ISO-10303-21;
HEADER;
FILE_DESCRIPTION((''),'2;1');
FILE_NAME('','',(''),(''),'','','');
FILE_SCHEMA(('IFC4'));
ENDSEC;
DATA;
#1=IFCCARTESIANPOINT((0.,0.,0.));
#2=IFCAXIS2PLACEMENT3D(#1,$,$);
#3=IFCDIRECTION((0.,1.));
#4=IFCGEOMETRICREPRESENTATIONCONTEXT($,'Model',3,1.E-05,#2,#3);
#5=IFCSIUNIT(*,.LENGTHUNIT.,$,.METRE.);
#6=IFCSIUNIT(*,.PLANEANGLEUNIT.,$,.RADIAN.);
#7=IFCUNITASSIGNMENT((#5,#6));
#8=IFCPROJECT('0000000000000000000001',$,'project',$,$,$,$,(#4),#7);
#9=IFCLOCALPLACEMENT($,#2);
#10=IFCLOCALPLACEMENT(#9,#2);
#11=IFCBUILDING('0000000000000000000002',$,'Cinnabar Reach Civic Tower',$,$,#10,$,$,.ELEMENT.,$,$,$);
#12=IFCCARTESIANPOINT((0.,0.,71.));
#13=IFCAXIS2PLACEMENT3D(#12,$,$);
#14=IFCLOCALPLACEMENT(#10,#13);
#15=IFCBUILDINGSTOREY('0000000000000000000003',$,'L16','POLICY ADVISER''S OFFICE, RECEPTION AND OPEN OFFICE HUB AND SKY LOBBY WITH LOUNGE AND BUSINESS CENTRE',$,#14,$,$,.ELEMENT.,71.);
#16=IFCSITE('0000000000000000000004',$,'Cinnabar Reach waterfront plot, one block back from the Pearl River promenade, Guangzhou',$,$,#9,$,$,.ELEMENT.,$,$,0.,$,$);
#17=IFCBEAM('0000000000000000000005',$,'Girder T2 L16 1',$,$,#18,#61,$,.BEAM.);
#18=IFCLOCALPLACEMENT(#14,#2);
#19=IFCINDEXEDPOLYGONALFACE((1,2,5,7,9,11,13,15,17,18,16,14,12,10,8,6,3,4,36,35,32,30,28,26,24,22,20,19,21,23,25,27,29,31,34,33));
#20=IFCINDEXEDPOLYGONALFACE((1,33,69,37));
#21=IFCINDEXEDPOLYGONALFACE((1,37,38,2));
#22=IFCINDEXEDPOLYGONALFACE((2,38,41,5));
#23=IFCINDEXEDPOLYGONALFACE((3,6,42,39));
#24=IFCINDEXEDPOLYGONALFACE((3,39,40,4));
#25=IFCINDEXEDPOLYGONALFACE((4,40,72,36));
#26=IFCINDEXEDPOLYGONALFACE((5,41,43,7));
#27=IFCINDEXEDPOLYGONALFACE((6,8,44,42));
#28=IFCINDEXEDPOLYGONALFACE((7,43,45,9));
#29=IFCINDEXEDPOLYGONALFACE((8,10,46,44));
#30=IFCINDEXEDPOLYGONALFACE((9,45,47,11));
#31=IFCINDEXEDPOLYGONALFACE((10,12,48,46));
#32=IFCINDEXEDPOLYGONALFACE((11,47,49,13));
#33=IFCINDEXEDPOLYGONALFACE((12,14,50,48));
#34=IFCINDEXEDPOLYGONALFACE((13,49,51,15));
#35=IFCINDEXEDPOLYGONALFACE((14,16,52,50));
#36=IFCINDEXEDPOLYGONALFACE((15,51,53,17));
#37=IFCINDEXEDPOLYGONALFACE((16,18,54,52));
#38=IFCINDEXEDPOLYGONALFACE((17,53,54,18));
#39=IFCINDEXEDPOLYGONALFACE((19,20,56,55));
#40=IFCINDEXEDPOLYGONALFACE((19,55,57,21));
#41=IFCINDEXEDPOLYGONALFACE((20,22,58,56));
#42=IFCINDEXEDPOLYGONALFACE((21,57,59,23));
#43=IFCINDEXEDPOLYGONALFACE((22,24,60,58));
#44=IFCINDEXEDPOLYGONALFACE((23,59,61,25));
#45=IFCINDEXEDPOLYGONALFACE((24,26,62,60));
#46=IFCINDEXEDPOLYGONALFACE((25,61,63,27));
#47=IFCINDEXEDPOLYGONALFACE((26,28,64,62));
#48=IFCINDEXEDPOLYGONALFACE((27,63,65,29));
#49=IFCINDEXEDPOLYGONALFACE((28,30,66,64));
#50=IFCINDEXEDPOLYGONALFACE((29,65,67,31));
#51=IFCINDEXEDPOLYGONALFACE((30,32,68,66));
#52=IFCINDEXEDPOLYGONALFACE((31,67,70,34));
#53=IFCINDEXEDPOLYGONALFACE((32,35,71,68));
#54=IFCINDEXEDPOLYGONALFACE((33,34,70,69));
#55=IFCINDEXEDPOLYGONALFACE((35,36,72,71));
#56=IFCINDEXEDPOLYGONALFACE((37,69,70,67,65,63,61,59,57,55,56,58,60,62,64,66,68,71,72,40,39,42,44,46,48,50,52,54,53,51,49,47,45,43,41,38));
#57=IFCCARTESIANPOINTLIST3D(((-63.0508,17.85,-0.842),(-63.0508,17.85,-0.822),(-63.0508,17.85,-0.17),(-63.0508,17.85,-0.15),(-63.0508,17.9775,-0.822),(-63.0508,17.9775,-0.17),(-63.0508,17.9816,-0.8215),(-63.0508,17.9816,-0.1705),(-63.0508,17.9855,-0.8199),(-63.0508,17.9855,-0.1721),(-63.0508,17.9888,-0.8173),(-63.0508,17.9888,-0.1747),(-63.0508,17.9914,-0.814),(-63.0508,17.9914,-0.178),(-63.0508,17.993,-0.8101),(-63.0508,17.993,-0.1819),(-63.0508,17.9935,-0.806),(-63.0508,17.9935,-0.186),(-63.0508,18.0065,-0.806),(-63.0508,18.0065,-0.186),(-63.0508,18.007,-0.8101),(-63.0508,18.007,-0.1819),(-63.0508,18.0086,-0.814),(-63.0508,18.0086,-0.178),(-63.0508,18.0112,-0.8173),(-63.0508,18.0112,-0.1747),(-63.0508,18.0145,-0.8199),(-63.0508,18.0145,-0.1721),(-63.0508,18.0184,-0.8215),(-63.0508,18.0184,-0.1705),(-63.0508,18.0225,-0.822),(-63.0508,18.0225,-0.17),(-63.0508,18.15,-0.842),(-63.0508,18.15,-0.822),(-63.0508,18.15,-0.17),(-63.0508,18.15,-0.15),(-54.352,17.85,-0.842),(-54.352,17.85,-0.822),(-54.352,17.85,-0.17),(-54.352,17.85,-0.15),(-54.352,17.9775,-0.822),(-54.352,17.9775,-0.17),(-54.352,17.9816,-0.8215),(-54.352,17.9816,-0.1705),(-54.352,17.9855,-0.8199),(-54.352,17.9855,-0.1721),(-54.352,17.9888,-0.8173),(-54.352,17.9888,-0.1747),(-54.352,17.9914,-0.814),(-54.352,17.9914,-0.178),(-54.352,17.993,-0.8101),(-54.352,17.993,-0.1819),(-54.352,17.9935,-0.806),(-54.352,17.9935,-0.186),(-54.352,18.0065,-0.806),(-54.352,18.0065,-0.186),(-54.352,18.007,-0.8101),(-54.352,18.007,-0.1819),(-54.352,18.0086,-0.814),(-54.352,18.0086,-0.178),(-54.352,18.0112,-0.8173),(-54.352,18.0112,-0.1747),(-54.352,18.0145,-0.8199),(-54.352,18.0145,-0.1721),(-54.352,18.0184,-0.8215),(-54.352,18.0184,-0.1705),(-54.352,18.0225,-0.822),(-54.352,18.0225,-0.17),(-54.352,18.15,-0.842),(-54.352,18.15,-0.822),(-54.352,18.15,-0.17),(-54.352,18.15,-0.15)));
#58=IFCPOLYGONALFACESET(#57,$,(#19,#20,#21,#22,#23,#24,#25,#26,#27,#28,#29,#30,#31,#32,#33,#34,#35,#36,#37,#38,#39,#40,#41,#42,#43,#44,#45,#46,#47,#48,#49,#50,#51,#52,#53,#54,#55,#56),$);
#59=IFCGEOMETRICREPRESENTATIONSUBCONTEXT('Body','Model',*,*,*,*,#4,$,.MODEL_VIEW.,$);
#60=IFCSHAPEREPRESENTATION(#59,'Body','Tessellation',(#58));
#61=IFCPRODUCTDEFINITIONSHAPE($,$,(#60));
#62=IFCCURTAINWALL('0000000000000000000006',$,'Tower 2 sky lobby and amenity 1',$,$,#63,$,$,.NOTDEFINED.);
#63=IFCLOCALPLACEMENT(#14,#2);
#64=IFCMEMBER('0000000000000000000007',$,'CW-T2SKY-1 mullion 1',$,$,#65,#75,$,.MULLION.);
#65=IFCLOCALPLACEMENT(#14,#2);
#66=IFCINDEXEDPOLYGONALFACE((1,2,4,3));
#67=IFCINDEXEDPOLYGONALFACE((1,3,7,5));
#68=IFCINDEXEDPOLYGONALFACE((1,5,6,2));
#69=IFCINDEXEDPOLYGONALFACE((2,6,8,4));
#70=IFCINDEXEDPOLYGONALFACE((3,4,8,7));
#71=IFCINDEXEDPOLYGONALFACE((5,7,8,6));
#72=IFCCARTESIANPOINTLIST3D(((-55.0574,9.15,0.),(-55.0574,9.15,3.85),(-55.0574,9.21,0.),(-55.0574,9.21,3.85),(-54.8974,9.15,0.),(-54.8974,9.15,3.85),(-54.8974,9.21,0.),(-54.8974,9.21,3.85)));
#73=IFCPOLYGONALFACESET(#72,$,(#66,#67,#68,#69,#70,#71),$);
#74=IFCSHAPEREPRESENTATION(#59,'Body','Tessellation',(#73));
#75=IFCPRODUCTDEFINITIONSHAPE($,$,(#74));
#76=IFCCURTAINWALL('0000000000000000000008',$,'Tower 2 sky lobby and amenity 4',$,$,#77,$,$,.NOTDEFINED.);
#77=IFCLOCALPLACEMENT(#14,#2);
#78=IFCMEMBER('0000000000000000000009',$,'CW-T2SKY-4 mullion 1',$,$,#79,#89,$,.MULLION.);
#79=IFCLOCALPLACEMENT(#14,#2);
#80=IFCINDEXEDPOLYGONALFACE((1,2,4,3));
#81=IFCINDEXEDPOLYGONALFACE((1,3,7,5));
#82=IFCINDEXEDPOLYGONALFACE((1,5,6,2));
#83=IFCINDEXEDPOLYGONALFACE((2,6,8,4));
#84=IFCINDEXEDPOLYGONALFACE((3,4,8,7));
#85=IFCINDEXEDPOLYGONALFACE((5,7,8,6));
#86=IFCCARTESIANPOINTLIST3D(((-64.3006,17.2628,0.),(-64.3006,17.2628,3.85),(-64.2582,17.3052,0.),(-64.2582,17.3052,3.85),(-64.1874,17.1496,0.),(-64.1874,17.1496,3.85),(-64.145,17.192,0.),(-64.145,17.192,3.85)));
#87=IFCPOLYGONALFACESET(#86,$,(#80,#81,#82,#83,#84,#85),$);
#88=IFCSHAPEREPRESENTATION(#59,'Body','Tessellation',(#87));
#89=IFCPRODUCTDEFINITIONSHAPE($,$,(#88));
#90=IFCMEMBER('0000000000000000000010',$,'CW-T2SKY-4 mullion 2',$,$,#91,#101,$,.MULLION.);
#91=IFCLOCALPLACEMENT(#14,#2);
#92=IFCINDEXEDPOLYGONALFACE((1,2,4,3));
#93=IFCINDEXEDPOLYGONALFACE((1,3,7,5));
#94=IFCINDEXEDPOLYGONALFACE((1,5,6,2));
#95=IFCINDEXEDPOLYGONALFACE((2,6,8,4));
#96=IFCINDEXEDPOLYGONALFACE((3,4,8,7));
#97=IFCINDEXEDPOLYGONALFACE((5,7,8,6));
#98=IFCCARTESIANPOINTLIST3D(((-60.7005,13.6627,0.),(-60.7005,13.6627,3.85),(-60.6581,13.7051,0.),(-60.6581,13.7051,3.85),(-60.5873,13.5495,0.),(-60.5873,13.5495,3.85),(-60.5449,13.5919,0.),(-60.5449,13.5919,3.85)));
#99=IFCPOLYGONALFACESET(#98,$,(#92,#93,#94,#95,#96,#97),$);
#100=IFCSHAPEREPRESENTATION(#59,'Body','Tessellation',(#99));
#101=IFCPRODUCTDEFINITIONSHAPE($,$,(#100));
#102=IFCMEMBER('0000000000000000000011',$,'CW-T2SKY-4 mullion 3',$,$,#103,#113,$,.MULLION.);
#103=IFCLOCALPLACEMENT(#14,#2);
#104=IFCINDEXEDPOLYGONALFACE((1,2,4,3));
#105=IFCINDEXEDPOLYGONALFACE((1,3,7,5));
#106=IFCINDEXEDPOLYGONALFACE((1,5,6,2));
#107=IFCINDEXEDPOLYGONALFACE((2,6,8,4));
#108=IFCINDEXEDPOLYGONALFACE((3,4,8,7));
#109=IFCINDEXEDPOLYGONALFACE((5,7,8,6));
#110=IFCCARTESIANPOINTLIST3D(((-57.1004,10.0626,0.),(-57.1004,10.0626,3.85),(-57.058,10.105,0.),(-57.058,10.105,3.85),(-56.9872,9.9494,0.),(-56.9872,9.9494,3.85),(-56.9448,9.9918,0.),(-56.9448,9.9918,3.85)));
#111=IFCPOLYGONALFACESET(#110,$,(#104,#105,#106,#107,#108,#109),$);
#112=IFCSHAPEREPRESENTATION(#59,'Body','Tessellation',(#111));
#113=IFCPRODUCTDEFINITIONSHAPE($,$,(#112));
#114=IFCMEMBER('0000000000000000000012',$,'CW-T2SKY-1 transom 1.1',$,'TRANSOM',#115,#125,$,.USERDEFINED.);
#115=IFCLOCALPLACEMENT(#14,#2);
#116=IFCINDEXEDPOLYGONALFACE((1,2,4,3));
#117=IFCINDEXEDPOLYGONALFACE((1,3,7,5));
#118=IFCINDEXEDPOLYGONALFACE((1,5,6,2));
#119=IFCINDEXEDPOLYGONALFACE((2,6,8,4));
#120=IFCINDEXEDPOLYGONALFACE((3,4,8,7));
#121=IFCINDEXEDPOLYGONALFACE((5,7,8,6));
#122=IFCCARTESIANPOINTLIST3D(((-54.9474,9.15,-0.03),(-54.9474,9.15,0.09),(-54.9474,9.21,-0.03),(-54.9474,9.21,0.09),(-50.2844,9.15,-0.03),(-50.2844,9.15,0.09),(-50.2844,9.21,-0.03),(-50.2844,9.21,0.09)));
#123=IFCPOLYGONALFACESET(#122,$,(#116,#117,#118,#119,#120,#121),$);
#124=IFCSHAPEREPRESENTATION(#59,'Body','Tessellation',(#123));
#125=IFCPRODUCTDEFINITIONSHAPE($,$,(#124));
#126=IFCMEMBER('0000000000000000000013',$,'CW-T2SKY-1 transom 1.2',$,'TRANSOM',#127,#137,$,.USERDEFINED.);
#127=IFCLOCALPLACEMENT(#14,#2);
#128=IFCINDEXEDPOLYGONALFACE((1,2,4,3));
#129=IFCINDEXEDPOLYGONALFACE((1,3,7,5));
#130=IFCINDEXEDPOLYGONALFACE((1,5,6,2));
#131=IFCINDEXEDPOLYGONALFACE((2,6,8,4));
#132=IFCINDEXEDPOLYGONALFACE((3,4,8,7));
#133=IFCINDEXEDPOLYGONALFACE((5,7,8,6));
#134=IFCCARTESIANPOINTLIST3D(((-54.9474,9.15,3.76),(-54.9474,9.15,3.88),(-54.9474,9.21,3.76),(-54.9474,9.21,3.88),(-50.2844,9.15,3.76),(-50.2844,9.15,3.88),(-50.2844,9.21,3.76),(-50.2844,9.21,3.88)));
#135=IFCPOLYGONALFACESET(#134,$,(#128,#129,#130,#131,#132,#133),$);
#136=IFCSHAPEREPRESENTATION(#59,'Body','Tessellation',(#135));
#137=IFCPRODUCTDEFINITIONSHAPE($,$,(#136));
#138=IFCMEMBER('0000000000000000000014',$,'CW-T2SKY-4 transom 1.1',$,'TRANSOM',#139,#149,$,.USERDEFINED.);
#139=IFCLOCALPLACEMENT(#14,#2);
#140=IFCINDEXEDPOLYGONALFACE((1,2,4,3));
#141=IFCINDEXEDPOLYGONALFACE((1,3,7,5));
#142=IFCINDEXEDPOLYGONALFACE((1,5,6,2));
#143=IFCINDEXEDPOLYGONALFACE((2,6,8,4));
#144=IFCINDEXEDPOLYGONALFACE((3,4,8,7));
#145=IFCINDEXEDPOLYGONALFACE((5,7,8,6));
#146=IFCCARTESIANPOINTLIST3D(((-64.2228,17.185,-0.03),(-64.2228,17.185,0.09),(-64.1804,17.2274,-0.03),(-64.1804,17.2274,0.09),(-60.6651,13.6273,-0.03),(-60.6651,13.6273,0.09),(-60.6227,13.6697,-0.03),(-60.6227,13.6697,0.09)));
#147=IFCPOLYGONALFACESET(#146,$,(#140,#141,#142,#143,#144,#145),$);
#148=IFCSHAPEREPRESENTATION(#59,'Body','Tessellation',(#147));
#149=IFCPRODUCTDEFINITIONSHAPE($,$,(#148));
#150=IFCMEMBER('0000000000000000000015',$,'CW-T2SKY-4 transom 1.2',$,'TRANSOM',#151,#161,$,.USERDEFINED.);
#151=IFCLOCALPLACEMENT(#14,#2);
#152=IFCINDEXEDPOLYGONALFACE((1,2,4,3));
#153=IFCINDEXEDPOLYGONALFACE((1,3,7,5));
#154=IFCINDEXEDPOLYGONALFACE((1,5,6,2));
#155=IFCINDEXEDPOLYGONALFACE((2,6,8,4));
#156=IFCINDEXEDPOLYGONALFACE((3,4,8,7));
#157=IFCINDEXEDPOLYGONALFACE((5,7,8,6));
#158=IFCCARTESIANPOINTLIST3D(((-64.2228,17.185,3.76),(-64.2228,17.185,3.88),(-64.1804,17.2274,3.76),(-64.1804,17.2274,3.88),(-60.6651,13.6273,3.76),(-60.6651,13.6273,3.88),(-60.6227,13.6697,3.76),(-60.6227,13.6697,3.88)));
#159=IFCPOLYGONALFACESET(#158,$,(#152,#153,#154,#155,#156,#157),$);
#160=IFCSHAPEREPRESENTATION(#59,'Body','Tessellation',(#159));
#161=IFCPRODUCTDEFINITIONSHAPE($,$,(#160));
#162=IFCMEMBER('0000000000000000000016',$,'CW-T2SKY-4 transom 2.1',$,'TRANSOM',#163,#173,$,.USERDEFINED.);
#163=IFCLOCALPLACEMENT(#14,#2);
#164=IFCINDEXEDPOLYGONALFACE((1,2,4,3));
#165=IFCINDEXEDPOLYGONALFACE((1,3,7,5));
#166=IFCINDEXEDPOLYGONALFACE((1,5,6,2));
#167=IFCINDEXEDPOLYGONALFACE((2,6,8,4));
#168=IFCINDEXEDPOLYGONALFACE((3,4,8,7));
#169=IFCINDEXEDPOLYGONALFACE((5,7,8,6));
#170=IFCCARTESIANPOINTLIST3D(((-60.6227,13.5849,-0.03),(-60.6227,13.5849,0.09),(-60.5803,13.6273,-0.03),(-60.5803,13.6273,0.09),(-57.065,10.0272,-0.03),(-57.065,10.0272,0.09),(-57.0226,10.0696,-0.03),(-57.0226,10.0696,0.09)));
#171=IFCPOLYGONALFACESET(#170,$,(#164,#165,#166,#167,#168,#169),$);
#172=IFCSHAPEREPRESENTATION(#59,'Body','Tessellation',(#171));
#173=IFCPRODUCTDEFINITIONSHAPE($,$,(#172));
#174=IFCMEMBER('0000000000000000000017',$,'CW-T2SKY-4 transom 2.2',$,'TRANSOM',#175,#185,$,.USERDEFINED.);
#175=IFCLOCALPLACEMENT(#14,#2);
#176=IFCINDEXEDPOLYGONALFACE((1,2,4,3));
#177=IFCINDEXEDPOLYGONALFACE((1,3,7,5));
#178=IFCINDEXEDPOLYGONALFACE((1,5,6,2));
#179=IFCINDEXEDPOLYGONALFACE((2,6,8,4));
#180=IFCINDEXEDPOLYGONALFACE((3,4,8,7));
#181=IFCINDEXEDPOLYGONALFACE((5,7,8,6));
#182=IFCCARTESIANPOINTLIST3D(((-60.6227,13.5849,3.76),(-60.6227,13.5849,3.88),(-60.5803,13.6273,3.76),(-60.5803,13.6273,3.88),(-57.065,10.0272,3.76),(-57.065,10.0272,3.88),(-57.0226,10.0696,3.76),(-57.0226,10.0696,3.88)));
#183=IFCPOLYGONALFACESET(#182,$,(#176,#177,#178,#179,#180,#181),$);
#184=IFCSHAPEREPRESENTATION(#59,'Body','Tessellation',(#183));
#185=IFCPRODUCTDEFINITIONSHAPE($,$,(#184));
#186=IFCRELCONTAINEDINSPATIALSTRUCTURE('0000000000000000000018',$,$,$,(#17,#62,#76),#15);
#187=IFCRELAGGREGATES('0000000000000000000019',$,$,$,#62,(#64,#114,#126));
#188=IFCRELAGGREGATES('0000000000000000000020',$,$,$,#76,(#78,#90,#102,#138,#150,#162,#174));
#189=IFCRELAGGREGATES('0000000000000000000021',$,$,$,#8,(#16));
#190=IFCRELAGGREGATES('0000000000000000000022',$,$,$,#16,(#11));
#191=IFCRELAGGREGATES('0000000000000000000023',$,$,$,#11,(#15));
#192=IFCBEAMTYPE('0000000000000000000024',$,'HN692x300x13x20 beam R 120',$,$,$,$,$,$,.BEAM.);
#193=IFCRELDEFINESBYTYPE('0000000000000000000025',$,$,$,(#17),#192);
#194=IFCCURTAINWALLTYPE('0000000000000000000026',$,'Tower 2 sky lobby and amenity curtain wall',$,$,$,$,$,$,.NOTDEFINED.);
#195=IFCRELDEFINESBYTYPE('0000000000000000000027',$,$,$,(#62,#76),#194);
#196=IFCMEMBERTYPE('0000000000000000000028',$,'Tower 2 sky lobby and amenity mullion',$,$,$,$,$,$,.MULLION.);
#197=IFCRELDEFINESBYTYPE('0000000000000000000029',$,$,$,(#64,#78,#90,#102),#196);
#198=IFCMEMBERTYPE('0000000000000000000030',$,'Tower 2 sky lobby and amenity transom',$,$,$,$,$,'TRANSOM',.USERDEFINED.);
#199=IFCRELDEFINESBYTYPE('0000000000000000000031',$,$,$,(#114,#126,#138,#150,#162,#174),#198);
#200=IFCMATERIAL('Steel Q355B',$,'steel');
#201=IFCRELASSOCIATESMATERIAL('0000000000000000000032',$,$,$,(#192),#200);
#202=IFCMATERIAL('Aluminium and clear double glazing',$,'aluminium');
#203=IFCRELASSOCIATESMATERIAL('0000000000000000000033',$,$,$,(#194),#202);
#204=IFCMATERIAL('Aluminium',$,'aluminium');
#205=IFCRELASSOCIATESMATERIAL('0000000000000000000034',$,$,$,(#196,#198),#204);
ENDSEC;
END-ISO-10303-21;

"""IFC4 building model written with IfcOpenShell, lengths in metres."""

from ifc_helpers import new_model, si_unit, direction, frame, origin, origin_2d, place, context, subcontext, project, spatial, rectangle, i_section, extrude, material, material_profile, profile_set, type_object, element, aggregate, save


model = new_model("IFC4")

# Units and contexts
model_context = context("Model", 3, precision=1e-05, world=origin(), true_north=direction((0.0, 1.0)))
body_context = subcontext(model_context, "Body", "Model", "MODEL_VIEW")
ifc_project = project(units=[si_unit("LENGTHUNIT", "METRE"), si_unit("PLANEANGLEUNIT", "RADIAN")], contexts=[model_context])

# Site, building, storey
site_placement = place(None, origin())
site = spatial("IfcSite", under=ifc_project, at=site_placement, Name="Cinnabar Reach waterfront plot, one block back from the Pearl River promenade, Guangzhou", CompositionType="ELEMENT", RefElevation=0.0)
building_placement = place(site_placement, origin())
building = spatial("IfcBuilding", under=site, at=building_placement, Name="Cinnabar Reach Civic Tower", CompositionType="ELEMENT")
storey_placement = place(building_placement, frame((0.0, 0.0, 71.0)))
storey = spatial("IfcBuildingStorey", under=building, at=storey_placement, Name="L16", Description="POLICY ADVISER'S OFFICE, RECEPTION AND OPEN OFFICE HUB AND SKY LOBBY WITH LOUNGE AND BUSINESS CENTRE", CompositionType="ELEMENT", Elevation=71.0)

# Beam
ifc_material_1 = material(Name="Steel Q355B", Category="steel")
ifc_material_profile_1 = material_profile(ifc_material_1, i_section(OverallWidth=0.3, OverallDepth=0.692, WebThickness=0.013, FlangeThickness=0.02, FilletRadius=0.016, at=origin_2d()), Name="HN692x300x13x20")
ifc_profile_set_1 = profile_set([ifc_material_profile_1], Name="Steel Q355B")
beam_type_1 = type_object("IfcBeamType", Name="HN692x300x13x20 beam R 120", PredefinedType="BEAM", material=ifc_profile_set_1)
beam_1_placement = place(storey_placement, frame((-63.0508, 18.0, -0.496), z_axis=(1.0, 0.0, 0.0), x_axis=(0.0, 1.0, 0.0)))
element("IfcBeam", 1, at=beam_1_placement, inside=storey, type_object=beam_type_1, Name="Girder T2 L16 1", PredefinedType="BEAM", context=body_context, shape_type="SweptSolid", body=[
    extrude(i_section(OverallWidth=0.3, OverallDepth=0.692, WebThickness=0.013, FlangeThickness=0.02, FilletRadius=0.016, at=origin_2d()), origin(), (0.0, 0.0, 1.0), 8.6988),
])

# Curtain wall, member
ifc_material_2 = material(Name="Aluminium and clear double glazing", Category="aluminium")
curtain_wall_type = type_object("IfcCurtainWallType", Name="Tower 2 sky lobby and amenity curtain wall", PredefinedType="NOTDEFINED", material=ifc_material_2)
curtain_wall_1_placement = place(storey_placement, origin())
curtain_wall_1 = element("IfcCurtainWall", 2, at=curtain_wall_1_placement, inside=storey, type_object=curtain_wall_type, Name="Tower 2 sky lobby and amenity 1", PredefinedType="NOTDEFINED")
ifc_material_3 = material(Name="Aluminium", Category="aluminium")
ifc_material_profile_2 = material_profile(ifc_material_3, rectangle(XDim=0.06, YDim=0.16, at=origin_2d()), Name="Tower 2 sky lobby and amenity mullion")
ifc_profile_set_2 = profile_set([ifc_material_profile_2], Name="Aluminium")
member_type_1 = type_object("IfcMemberType", Name="Tower 2 sky lobby and amenity mullion", PredefinedType="MULLION", material=ifc_profile_set_2)
member_1_placement = place(storey_placement, frame((-54.9774, 9.18, 0.0), z_axis=(0.0, 0.0, 1.0), x_axis=(0.0, 1.0, 0.0)))
member_1 = element("IfcMember", 3, at=member_1_placement, type_object=member_type_1, Name="CW-T2SKY-1 mullion 1", PredefinedType="MULLION", context=body_context, shape_type="SweptSolid", body=[
    extrude(rectangle(XDim=0.06, YDim=0.16, at=origin_2d()), origin(), (0.0, 0.0, 1.0), 3.85),
])

# Curtain wall, members
curtain_wall_2_placement = place(storey_placement, origin())
curtain_wall_2 = element("IfcCurtainWall", 4, at=curtain_wall_2_placement, inside=storey, type_object=curtain_wall_type, Name="Tower 2 sky lobby and amenity 4", PredefinedType="NOTDEFINED")
member_2_placement = place(storey_placement, frame((-64.2228, 17.2274, 0.0), z_axis=(0.0, 0.0, 1.0), x_axis=(0.707107, 0.707107, 0.0)))
member_2 = element("IfcMember", 5, at=member_2_placement, type_object=member_type_1, Name="CW-T2SKY-4 mullion 1", PredefinedType="MULLION", context=body_context, shape_type="SweptSolid", body=[
    extrude(rectangle(XDim=0.06, YDim=0.16, at=origin_2d()), origin(), (0.0, 0.0, 1.0), 3.85),
])
member_3_placement = place(storey_placement, frame((-60.6227, 13.6273, 0.0), z_axis=(0.0, 0.0, 1.0), x_axis=(0.707107, 0.707107, 0.0)))
member_3 = element("IfcMember", 6, at=member_3_placement, type_object=member_type_1, Name="CW-T2SKY-4 mullion 2", PredefinedType="MULLION", context=body_context, shape_type="SweptSolid", body=[
    extrude(rectangle(XDim=0.06, YDim=0.16, at=origin_2d()), origin(), (0.0, 0.0, 1.0), 3.85),
])
member_4_placement = place(storey_placement, frame((-57.0226, 10.0272, 0.0), z_axis=(0.0, 0.0, 1.0), x_axis=(0.707107, 0.707107, 0.0)))
member_4 = element("IfcMember", 7, at=member_4_placement, type_object=member_type_1, Name="CW-T2SKY-4 mullion 3", PredefinedType="MULLION", context=body_context, shape_type="SweptSolid", body=[
    extrude(rectangle(XDim=0.06, YDim=0.16, at=origin_2d()), origin(), (0.0, 0.0, 1.0), 3.85),
])

# Members
ifc_material_profile_3 = material_profile(ifc_material_3, rectangle(XDim=0.06, YDim=0.12, at=origin_2d()), Name="Tower 2 sky lobby and amenity transom")
ifc_profile_set_3 = profile_set([ifc_material_profile_3], Name="Aluminium")
member_type_2 = type_object("IfcMemberType", Name="Tower 2 sky lobby and amenity transom", ElementType="TRANSOM", PredefinedType="USERDEFINED", material=ifc_profile_set_3)
member_5_placement = place(storey_placement, frame((-54.9474, 9.18, 0.03), z_axis=(1.0, 0.0, 0.0), x_axis=(0.0, 1.0, 0.0)))
member_5 = element("IfcMember", 8, at=member_5_placement, type_object=member_type_2, Name="CW-T2SKY-1 transom 1.1", ObjectType="TRANSOM", PredefinedType="USERDEFINED", context=body_context, shape_type="SweptSolid", body=[
    extrude(rectangle(XDim=0.06, YDim=0.12, at=origin_2d()), origin(), (0.0, 0.0, 1.0), 4.663),
])
member_6_placement = place(storey_placement, frame((-54.9474, 9.18, 3.82), z_axis=(1.0, 0.0, 0.0), x_axis=(0.0, 1.0, 0.0)))
member_6 = element("IfcMember", 9, at=member_6_placement, type_object=member_type_2, Name="CW-T2SKY-1 transom 1.2", ObjectType="TRANSOM", PredefinedType="USERDEFINED", context=body_context, shape_type="SweptSolid", body=[
    extrude(rectangle(XDim=0.06, YDim=0.12, at=origin_2d()), origin(), (0.0, 0.0, 1.0), 4.663),
])
aggregate(curtain_wall_1, [member_1, member_5, member_6])
member_7_placement = place(storey_placement, frame((-64.2016, 17.2062, 0.03), z_axis=(0.707107, -0.707107, 0.0), x_axis=(0.707107, 0.707107, 0.0)))
member_7 = element("IfcMember", 10, at=member_7_placement, type_object=member_type_2, Name="CW-T2SKY-4 transom 1.1", ObjectType="TRANSOM", PredefinedType="USERDEFINED", context=body_context, shape_type="SweptSolid", body=[
    extrude(rectangle(XDim=0.06, YDim=0.12, at=origin_2d()), origin(), (0.0, 0.0, 1.0), 5.0313),
])
member_8_placement = place(storey_placement, frame((-64.2016, 17.2062, 3.82), z_axis=(0.707107, -0.707107, 0.0), x_axis=(0.707107, 0.707107, 0.0)))
member_8 = element("IfcMember", 11, at=member_8_placement, type_object=member_type_2, Name="CW-T2SKY-4 transom 1.2", ObjectType="TRANSOM", PredefinedType="USERDEFINED", context=body_context, shape_type="SweptSolid", body=[
    extrude(rectangle(XDim=0.06, YDim=0.12, at=origin_2d()), origin(), (0.0, 0.0, 1.0), 5.0313),
])
member_9_placement = place(storey_placement, frame((-60.6015, 13.6061, 0.03), z_axis=(0.707107, -0.707107, 0.0), x_axis=(0.707107, 0.707107, 0.0)))
member_9 = element("IfcMember", 12, at=member_9_placement, type_object=member_type_2, Name="CW-T2SKY-4 transom 2.1", ObjectType="TRANSOM", PredefinedType="USERDEFINED", context=body_context, shape_type="SweptSolid", body=[
    extrude(rectangle(XDim=0.06, YDim=0.12, at=origin_2d()), origin(), (0.0, 0.0, 1.0), 5.0313),
])
member_10_placement = place(storey_placement, frame((-60.6015, 13.6061, 3.82), z_axis=(0.707107, -0.707107, 0.0), x_axis=(0.707107, 0.707107, 0.0)))
member_10 = element("IfcMember", 13, at=member_10_placement, type_object=member_type_2, Name="CW-T2SKY-4 transom 2.2", ObjectType="TRANSOM", PredefinedType="USERDEFINED", context=body_context, shape_type="SweptSolid", body=[
    extrude(rectangle(XDim=0.06, YDim=0.12, at=origin_2d()), origin(), (0.0, 0.0, 1.0), 5.0313),
])

aggregate(curtain_wall_2, [member_2, member_3, member_4, member_7, member_8, member_9, member_10])

save(model, "model.ifc")
